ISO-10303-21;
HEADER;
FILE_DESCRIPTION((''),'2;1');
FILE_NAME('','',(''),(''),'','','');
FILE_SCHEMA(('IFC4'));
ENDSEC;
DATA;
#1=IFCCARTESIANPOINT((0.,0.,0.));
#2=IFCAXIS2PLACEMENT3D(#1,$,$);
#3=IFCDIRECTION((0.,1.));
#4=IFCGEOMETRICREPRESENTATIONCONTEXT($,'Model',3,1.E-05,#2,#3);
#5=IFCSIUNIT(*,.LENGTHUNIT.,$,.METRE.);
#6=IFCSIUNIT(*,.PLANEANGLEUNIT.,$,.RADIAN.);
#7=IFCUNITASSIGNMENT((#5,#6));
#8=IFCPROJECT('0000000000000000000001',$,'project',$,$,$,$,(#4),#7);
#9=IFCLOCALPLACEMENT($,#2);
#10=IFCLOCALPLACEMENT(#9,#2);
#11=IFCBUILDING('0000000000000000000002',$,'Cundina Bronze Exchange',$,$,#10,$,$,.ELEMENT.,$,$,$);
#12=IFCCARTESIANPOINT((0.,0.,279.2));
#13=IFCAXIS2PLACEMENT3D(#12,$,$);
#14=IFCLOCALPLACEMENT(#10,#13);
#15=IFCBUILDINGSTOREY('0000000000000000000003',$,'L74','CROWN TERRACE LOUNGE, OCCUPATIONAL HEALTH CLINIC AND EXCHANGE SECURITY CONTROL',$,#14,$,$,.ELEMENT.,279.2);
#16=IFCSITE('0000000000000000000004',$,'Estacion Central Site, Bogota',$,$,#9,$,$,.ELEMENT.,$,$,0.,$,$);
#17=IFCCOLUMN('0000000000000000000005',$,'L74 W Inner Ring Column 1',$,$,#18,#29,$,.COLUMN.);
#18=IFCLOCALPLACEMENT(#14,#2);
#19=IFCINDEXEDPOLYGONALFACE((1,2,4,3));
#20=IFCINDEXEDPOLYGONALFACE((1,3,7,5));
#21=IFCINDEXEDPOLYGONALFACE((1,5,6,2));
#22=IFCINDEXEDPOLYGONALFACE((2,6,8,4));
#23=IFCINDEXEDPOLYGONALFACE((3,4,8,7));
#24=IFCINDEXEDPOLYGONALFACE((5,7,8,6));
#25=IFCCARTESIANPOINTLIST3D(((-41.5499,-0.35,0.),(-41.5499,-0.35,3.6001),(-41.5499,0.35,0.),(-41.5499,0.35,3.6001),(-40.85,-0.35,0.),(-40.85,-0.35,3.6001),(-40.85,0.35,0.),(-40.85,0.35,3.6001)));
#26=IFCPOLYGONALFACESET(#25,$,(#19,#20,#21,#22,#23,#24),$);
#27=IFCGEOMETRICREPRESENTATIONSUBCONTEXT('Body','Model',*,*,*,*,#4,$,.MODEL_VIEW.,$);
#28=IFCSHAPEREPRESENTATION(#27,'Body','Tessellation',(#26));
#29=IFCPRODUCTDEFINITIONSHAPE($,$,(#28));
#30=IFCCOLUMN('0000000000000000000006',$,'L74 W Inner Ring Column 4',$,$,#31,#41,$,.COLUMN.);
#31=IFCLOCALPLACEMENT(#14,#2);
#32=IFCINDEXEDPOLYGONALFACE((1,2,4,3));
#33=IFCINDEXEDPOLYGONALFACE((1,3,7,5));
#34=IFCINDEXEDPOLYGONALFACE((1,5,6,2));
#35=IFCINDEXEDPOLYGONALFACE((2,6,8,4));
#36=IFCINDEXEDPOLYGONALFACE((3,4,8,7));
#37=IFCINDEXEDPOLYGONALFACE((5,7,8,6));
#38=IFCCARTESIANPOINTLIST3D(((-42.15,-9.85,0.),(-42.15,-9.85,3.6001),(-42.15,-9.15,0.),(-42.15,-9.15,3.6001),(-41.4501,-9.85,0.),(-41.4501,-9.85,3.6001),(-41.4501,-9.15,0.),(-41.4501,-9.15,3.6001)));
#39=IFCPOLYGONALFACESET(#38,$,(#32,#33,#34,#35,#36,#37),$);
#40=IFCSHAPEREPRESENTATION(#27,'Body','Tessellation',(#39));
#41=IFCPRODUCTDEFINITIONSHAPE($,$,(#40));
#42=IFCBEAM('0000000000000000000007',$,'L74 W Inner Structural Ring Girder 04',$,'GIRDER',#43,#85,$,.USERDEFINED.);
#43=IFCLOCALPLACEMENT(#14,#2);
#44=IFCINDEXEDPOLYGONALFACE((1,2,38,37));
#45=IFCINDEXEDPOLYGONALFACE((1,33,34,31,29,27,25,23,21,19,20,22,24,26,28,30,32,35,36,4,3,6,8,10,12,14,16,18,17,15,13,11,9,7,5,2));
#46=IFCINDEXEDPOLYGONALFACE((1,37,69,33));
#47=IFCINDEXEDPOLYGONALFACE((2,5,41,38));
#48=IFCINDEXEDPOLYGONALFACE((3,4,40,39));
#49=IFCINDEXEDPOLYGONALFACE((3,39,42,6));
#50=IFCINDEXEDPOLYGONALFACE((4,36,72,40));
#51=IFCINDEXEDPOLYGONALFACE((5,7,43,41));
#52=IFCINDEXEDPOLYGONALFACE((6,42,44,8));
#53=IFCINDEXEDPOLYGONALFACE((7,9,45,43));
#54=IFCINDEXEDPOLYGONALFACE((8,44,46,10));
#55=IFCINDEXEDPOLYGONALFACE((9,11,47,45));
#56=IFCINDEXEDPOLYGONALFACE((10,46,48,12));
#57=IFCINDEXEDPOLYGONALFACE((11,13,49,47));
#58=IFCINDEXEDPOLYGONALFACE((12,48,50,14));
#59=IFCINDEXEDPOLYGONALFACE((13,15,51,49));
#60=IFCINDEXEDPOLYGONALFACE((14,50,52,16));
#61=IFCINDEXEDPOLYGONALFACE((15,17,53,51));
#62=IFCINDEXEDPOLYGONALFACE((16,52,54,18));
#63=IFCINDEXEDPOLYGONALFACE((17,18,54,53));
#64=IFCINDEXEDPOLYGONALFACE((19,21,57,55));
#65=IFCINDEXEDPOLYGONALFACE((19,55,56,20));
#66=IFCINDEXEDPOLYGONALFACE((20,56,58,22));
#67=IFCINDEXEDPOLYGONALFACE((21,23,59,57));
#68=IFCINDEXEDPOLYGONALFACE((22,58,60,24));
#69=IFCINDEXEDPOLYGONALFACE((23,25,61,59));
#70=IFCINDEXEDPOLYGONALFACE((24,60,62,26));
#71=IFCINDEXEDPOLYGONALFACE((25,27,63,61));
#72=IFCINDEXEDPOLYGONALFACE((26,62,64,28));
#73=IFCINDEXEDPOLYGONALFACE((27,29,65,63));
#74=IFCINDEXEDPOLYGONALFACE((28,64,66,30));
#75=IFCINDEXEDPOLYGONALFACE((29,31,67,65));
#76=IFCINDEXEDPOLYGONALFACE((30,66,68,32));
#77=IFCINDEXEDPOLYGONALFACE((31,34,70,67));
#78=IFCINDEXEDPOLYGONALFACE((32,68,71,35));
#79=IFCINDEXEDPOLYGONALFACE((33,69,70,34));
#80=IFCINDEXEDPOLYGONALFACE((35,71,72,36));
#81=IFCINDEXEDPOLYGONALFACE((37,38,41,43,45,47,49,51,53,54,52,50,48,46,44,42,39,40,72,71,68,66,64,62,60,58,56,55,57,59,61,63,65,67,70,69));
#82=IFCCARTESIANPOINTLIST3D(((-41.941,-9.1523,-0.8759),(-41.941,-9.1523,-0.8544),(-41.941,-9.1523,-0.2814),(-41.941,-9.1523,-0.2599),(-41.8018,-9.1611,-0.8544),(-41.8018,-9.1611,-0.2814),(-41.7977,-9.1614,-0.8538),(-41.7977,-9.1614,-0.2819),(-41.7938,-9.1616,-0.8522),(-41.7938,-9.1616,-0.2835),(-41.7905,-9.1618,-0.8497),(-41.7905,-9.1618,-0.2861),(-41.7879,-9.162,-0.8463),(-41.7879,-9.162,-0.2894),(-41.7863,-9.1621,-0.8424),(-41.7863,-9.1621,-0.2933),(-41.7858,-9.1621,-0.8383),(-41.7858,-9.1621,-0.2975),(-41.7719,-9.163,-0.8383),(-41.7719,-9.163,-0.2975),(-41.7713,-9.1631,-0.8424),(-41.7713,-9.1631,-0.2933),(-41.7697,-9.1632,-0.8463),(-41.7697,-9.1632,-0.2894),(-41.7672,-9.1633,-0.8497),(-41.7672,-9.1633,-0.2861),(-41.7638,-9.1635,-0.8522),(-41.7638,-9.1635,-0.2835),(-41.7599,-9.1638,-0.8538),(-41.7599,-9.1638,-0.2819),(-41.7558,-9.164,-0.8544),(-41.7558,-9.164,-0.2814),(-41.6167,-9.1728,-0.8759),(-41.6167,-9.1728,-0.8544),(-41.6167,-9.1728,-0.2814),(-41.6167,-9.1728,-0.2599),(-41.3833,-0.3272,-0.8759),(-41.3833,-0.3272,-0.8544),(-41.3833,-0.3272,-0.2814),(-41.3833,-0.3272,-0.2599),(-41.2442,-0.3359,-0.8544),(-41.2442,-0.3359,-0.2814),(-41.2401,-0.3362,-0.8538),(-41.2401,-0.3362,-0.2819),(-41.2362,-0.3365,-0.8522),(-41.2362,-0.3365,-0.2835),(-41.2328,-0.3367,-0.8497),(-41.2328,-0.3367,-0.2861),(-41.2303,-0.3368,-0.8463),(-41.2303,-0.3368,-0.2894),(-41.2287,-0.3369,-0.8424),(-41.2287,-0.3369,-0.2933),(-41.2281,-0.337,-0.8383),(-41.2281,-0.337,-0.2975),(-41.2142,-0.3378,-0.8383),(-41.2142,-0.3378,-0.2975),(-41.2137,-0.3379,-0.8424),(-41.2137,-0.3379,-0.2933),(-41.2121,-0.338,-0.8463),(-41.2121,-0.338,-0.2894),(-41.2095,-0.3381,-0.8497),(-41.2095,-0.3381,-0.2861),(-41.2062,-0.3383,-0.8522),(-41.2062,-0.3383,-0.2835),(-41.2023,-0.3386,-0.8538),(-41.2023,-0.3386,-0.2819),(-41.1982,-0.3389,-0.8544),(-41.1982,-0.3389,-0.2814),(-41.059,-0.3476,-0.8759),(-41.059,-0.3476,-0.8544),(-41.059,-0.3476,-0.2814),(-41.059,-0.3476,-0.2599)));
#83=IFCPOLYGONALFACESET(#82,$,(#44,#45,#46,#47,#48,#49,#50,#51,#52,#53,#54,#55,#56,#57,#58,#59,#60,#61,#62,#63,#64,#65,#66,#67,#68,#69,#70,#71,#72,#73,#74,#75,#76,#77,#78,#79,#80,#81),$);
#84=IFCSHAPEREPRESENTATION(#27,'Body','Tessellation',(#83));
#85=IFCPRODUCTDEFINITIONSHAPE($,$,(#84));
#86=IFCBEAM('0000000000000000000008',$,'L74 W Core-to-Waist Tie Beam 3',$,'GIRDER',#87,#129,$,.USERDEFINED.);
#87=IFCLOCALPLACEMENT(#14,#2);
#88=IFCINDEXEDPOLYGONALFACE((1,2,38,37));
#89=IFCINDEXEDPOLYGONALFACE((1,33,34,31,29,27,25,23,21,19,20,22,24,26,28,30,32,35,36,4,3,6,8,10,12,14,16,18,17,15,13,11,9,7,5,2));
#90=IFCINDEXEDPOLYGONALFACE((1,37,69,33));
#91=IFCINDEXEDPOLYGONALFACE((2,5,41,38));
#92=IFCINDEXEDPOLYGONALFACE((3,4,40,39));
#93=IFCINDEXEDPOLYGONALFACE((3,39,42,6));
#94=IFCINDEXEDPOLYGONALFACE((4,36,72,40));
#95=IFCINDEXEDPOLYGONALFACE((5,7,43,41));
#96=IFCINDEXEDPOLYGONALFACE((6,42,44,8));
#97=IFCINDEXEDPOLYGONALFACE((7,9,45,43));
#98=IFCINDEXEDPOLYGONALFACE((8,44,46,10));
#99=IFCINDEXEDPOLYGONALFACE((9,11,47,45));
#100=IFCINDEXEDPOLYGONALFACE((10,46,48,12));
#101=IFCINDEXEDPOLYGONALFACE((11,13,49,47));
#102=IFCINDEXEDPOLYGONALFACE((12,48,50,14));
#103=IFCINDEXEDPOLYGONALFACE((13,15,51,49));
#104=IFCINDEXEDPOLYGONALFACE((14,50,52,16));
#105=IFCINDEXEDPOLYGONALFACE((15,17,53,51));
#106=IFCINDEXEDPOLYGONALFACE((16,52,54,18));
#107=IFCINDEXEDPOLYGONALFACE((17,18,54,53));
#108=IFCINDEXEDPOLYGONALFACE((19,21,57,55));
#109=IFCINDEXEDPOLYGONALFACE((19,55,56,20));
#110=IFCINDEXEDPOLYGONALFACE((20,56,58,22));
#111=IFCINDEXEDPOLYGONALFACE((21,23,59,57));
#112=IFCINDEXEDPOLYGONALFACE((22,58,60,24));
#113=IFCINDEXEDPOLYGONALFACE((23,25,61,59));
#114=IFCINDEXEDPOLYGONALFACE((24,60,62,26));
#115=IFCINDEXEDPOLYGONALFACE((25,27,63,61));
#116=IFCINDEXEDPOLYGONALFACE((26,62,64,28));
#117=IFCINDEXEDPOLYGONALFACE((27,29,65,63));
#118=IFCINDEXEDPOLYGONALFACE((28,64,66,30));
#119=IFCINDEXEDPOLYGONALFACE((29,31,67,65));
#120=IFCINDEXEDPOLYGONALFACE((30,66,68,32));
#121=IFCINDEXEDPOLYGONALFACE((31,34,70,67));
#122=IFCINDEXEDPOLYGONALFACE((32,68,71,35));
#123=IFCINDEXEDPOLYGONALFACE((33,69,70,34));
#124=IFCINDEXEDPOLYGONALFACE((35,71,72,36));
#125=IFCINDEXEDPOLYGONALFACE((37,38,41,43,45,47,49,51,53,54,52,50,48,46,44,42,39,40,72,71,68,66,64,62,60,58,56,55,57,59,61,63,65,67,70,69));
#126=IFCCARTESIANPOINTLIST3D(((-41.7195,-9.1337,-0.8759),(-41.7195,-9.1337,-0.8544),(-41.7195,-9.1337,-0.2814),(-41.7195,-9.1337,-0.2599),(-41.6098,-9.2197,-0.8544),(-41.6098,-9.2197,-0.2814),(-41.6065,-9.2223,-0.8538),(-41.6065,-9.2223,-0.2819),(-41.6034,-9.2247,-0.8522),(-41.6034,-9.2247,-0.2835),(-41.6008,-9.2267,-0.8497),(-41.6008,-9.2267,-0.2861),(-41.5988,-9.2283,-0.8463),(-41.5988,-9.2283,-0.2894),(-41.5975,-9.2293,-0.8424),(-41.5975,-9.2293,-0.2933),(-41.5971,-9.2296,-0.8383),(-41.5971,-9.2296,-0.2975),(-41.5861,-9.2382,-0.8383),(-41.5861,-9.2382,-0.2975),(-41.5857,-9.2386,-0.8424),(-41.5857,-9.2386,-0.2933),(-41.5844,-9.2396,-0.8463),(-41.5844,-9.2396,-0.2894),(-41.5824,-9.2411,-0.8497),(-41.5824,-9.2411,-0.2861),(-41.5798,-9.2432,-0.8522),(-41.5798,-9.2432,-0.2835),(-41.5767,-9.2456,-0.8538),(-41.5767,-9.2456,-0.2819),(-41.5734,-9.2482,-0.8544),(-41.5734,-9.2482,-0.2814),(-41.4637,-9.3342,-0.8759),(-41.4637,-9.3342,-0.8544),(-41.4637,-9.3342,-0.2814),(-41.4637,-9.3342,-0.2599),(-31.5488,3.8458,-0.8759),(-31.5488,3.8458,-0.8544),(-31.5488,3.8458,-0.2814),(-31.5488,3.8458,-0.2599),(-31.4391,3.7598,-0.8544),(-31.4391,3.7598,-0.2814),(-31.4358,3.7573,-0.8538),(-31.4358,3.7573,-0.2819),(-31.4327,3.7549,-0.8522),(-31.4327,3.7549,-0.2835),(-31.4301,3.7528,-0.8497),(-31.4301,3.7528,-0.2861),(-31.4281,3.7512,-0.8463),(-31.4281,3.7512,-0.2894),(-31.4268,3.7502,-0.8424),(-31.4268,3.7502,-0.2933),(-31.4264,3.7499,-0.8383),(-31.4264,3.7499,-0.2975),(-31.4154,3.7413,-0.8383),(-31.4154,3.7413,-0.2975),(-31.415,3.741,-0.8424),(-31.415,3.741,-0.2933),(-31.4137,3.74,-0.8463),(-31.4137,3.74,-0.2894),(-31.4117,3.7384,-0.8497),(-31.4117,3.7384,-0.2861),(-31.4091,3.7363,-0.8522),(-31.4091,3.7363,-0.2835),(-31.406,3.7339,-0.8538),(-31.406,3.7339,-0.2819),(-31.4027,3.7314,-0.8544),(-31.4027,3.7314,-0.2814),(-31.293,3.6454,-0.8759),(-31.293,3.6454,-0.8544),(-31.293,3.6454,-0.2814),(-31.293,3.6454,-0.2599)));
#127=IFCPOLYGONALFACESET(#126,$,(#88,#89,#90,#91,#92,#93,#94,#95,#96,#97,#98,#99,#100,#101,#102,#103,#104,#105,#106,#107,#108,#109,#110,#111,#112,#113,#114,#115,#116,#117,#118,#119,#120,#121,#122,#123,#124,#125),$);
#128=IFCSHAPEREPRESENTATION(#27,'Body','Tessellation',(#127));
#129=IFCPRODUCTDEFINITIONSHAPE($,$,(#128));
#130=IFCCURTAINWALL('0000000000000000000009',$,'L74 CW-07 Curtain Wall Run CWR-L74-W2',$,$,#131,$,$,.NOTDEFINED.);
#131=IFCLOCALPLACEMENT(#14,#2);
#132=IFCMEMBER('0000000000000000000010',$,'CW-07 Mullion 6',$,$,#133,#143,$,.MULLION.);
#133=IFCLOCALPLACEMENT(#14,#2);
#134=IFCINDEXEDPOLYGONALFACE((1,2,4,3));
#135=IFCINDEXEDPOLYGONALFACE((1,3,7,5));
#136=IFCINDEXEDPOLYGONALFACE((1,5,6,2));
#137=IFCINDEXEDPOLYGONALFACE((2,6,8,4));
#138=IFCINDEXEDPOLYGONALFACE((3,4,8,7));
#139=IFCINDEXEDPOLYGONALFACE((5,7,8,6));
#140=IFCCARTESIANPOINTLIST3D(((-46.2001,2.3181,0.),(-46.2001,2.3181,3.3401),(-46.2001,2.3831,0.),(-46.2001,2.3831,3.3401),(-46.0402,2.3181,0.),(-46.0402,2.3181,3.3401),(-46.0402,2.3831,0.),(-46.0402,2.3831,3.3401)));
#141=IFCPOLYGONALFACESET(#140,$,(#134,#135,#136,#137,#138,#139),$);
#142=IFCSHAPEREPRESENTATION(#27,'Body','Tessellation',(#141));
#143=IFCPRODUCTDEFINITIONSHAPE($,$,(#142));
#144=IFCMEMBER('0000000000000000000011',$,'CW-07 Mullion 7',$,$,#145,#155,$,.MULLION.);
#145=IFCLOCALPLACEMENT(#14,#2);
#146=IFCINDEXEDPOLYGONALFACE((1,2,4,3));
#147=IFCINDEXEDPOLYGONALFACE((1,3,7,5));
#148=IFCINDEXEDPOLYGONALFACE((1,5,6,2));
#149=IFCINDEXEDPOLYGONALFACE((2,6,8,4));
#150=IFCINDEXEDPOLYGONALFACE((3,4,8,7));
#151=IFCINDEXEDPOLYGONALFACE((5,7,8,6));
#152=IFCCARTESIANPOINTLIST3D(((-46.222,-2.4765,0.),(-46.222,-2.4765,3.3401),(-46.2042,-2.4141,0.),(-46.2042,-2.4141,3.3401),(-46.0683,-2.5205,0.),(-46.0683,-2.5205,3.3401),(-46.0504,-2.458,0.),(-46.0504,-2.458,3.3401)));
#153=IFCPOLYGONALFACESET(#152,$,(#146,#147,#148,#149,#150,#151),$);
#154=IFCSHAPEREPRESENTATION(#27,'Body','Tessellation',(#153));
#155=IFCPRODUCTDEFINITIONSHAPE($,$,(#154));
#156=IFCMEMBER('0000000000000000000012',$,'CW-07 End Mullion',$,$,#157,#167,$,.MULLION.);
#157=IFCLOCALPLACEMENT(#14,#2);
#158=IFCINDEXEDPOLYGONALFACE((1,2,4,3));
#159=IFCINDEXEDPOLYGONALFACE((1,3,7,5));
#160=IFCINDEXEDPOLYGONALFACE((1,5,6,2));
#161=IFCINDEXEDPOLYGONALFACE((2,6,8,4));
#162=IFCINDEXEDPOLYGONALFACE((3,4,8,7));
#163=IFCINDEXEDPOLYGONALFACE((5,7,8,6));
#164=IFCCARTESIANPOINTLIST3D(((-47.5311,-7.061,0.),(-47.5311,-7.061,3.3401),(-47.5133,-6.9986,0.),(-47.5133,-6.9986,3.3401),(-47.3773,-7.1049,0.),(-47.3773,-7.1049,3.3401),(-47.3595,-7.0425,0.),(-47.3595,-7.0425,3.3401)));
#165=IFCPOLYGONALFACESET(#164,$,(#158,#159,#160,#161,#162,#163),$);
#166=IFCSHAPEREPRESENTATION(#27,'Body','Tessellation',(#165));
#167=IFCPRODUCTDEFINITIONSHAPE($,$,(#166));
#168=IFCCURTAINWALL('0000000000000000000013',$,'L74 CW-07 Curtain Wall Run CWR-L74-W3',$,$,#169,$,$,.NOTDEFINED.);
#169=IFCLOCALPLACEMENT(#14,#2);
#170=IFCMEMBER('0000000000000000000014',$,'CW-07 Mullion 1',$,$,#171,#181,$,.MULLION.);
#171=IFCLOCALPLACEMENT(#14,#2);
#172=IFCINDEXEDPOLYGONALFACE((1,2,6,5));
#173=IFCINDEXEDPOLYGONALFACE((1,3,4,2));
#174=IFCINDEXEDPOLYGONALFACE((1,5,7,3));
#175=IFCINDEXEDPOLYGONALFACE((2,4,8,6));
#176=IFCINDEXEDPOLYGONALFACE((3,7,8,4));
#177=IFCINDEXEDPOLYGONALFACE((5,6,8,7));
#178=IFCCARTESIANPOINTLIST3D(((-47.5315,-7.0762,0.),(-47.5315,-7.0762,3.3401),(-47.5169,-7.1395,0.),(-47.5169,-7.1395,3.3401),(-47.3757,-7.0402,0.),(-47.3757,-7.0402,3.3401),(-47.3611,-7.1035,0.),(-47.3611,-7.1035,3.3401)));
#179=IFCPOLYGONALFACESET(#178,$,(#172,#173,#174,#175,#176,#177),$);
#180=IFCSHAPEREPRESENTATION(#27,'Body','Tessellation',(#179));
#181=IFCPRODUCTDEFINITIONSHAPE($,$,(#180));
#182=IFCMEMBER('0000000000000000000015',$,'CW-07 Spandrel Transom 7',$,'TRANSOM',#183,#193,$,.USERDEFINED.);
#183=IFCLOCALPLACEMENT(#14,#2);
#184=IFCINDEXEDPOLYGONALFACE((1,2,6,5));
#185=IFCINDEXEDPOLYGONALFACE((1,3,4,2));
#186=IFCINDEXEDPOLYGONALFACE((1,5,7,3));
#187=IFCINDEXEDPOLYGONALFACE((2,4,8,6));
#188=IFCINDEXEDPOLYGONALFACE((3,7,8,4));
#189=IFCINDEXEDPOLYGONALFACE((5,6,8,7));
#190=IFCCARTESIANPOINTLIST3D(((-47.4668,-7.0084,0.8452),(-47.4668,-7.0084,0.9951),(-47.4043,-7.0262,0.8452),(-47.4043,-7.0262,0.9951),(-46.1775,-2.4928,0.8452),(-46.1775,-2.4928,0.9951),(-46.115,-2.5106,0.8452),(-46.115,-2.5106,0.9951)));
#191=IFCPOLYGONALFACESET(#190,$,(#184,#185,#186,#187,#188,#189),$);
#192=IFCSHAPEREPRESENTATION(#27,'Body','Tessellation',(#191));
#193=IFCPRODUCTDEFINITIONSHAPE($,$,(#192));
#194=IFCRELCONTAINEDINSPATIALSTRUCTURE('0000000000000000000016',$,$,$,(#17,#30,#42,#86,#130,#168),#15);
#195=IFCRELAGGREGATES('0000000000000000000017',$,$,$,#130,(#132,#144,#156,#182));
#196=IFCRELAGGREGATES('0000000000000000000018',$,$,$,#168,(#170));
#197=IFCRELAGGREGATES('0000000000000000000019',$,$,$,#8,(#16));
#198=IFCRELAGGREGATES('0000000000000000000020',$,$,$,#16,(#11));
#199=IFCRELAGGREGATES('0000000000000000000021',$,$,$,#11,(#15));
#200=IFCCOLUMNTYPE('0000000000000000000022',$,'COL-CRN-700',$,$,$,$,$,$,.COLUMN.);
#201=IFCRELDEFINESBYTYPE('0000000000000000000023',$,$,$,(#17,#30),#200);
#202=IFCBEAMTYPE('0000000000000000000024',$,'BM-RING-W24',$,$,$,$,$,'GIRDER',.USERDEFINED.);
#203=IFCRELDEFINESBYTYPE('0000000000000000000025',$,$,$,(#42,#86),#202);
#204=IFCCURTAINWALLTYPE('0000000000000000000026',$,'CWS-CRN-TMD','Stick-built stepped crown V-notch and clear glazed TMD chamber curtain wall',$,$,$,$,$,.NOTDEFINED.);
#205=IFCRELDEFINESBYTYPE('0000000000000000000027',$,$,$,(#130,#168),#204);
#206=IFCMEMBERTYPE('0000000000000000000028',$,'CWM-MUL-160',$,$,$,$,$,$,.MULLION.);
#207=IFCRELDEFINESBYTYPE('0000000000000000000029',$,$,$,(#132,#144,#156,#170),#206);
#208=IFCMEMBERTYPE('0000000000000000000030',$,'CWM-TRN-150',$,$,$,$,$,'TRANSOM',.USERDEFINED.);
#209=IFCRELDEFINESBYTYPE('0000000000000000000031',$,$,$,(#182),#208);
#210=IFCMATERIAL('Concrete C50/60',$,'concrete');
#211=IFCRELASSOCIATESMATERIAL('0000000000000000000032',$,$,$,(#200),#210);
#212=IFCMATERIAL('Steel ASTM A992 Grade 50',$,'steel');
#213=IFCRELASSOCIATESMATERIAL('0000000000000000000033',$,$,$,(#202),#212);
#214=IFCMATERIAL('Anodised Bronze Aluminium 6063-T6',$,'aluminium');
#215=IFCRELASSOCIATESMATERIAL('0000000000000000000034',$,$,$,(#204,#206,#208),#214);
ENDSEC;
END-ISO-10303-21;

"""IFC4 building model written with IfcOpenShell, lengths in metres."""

from ifc_helpers import new_model, si_unit, direction, frame, origin, origin_2d, place, context, subcontext, project, spatial, rectangle, i_section, extrude, material, material_profile, profile_set, type_object, element, aggregate, save


model = new_model("IFC4")

# Units and contexts
model_context = context("Model", 3, precision=1e-05, world=origin(), true_north=direction((0.0, 1.0)))
body_context = subcontext(model_context, "Body", "Model", "MODEL_VIEW")
ifc_project = project(units=[si_unit("LENGTHUNIT", "METRE"), si_unit("PLANEANGLEUNIT", "RADIAN")], contexts=[model_context])

# Site, building, storey
site_placement = place(None, origin())
site = spatial("IfcSite", under=ifc_project, at=site_placement, Name="Estacion Central Site, Bogota", CompositionType="ELEMENT", RefElevation=0.0)
building_placement = place(site_placement, origin())
building = spatial("IfcBuilding", under=site, at=building_placement, Name="Cundina Bronze Exchange", CompositionType="ELEMENT")
storey_placement = place(building_placement, frame((0.0, 0.0, 279.2)))
storey = spatial("IfcBuildingStorey", under=building, at=storey_placement, Name="L74", Description="CROWN TERRACE LOUNGE, OCCUPATIONAL HEALTH CLINIC AND EXCHANGE SECURITY CONTROL", CompositionType="ELEMENT", Elevation=279.2)

# Columns
ifc_material_1 = material(Name="Concrete C50/60", Category="concrete")
ifc_material_profile_1 = material_profile(ifc_material_1, rectangle(XDim=0.7, YDim=0.7, at=origin_2d()), Name="RC700X700", Category="concrete")
ifc_profile_set_1 = profile_set([ifc_material_profile_1], Name="Concrete C50/60")
column_type = type_object("IfcColumnType", Name="COL-CRN-700", PredefinedType="COLUMN", material=ifc_profile_set_1)
for number, where, z_axis, x_axis, name in (
    (1, (-41.2, 0.0, 0.0), (0.0, 0.0, 1.0), (1.0, 0.0, 0.0), "L74 W Inner Ring Column 1"),
    (2, (-41.8, -9.5, 0.0), (0.0, 0.0, 1.0), (1.0, 0.0, 0.0), "L74 W Inner Ring Column 4"),
):
    element("IfcColumn", number, at=place(storey_placement, frame(where, z_axis=z_axis, x_axis=x_axis)), inside=storey, type_object=column_type, Name=name, PredefinedType="COLUMN", context=body_context, shape_type="SweptSolid", body=[
        extrude(rectangle(XDim=0.7, YDim=0.7, at=origin_2d()), origin(), (0.0, 0.0, 1.0), 3.6001),
    ])

# Beams
ifc_material_2 = material(Name="Steel ASTM A992 Grade 50", Category="steel")
ifc_material_profile_2 = material_profile(ifc_material_2, i_section(OverallWidth=0.325, OverallDepth=0.616, WebThickness=0.0139, FlangeThickness=0.0215, FilletRadius=0.0161, at=origin_2d()), Name="W24X117", Category="steel")
ifc_profile_set_2 = profile_set([ifc_material_profile_2], Name="Steel ASTM A992 Grade 50")
beam_type = type_object("IfcBeamType", Name="BM-RING-W24", ElementType="GIRDER", PredefinedType="USERDEFINED", material=ifc_profile_set_2)
beam_1_placement = place(storey_placement, frame((-41.2212, -0.3374, -0.5679), z_axis=(-0.063059, -0.99801, 0.0), x_axis=(0.99801, -0.063059, 0.0)))
element("IfcBeam", 3, at=beam_1_placement, inside=storey, type_object=beam_type, Name="L74 W Inner Structural Ring Girder 04", ObjectType="GIRDER", PredefinedType="USERDEFINED", context=body_context, shape_type="SweptSolid", body=[
    extrude(i_section(OverallWidth=0.325, OverallDepth=0.616, WebThickness=0.0139, FlangeThickness=0.0215, FilletRadius=0.0161, at=origin_2d()), origin(), (0.0, 0.0, 1.0), 8.8428),
])
beam_2_placement = place(storey_placement, frame((-31.4209, 3.7456, -0.5679), z_axis=(-0.616789, -0.787128, 0.0), x_axis=(0.787128, -0.616789, 0.0)))
element("IfcBeam", 4, at=beam_2_placement, inside=storey, type_object=beam_type, Name="L74 W Core-to-Waist Tie Beam 3", ObjectType="GIRDER", PredefinedType="USERDEFINED", context=body_context, shape_type="SweptSolid", body=[
    extrude(i_section(OverallWidth=0.325, OverallDepth=0.616, WebThickness=0.0139, FlangeThickness=0.0215, FilletRadius=0.0161, at=origin_2d()), origin(), (0.0, 0.0, 1.0), 16.4897),
])

# Curtain wall, members
ifc_material_3 = material(Name="Anodised Bronze Aluminium 6063-T6", Category="aluminium")
curtain_wall_type = type_object("IfcCurtainWallType", Name="CWS-CRN-TMD", Description="Stick-built stepped crown V-notch and clear glazed TMD chamber curtain wall", PredefinedType="NOTDEFINED", material=ifc_material_3)
curtain_wall_1_placement = place(storey_placement, origin())
curtain_wall_1 = element("IfcCurtainWall", 5, at=curtain_wall_1_placement, inside=storey, type_object=curtain_wall_type, Name="L74 CW-07 Curtain Wall Run CWR-L74-W2", PredefinedType="NOTDEFINED")
ifc_material_profile_3 = material_profile(ifc_material_3, rectangle(XDim=0.0649, YDim=0.1599, at=origin_2d()), Name="AL65X160", Category="aluminium")
ifc_profile_set_3 = profile_set([ifc_material_profile_3], Name="Anodised Bronze Aluminium 6063-T6")
member_type_1 = type_object("IfcMemberType", Name="CWM-MUL-160", PredefinedType="MULLION", material=ifc_profile_set_3)
member_1_placement = place(storey_placement, frame((-46.1201, 2.3506, 0.0), z_axis=(0.0, 0.0, 1.0), x_axis=(0.0, -1.0, 0.0)))
member_1 = element("IfcMember", 6, at=member_1_placement, type_object=member_type_1, Name="CW-07 Mullion 6", PredefinedType="MULLION", context=body_context, shape_type="SweptSolid", body=[
    extrude(rectangle(XDim=0.0649, YDim=0.1599, at=origin_2d()), origin(), (0.0, 0.0, 1.0), 3.3401),
])
member_2_placement = place(storey_placement, frame((-46.1362, -2.4673, 0.0), z_axis=(0.0, 0.0, 1.0), x_axis=(-0.274631, -0.96155, 0.0)))
member_2 = element("IfcMember", 7, at=member_2_placement, type_object=member_type_1, Name="CW-07 Mullion 7", PredefinedType="MULLION", context=body_context, shape_type="SweptSolid", body=[
    extrude(rectangle(XDim=0.0649, YDim=0.1599, at=origin_2d()), origin(), (0.0, 0.0, 1.0), 3.3401),
])
member_3_placement = place(storey_placement, frame((-47.4453, -7.0518, 0.0), z_axis=(0.0, 0.0, 1.0), x_axis=(-0.274631, -0.96155, 0.0)))
member_3 = element("IfcMember", 8, at=member_3_placement, type_object=member_type_1, Name="CW-07 End Mullion", PredefinedType="MULLION", context=body_context, shape_type="SweptSolid", body=[
    extrude(rectangle(XDim=0.0649, YDim=0.1599, at=origin_2d()), origin(), (0.0, 0.0, 1.0), 3.3401),
])

# Curtain wall, member
curtain_wall_2_placement = place(storey_placement, origin())
curtain_wall_2 = element("IfcCurtainWall", 9, at=curtain_wall_2_placement, inside=storey, type_object=curtain_wall_type, Name="L74 CW-07 Curtain Wall Run CWR-L74-W3", PredefinedType="NOTDEFINED")
member_4_placement = place(storey_placement, frame((-47.4463, -7.0898, 0.0), z_axis=(0.0, 0.0, 1.0), x_axis=(0.225291, -0.974291, 0.0)))
member_4 = element("IfcMember", 10, at=member_4_placement, type_object=member_type_1, Name="CW-07 Mullion 1", PredefinedType="MULLION", context=body_context, shape_type="SweptSolid", body=[
    extrude(rectangle(XDim=0.0649, YDim=0.1599, at=origin_2d()), origin(), (0.0, 0.0, 1.0), 3.3401),
])

# Member
ifc_material_profile_4 = material_profile(ifc_material_3, rectangle(XDim=0.0649, YDim=0.1499, at=origin_2d()), Name="AL65X150", Category="aluminium")
ifc_profile_set_4 = profile_set([ifc_material_profile_4], Name="Anodised Bronze Aluminium 6063-T6")
member_type_2 = type_object("IfcMemberType", Name="CWM-TRN-150", ElementType="TRANSOM", PredefinedType="USERDEFINED", material=ifc_profile_set_4)
member_5_placement = place(storey_placement, frame((-46.1462, -2.5017, 0.9202), z_axis=(-0.274549, -0.961573, 0.0), x_axis=(0.961573, -0.274549, 0.0)))
member_5 = element("IfcMember", 11, at=member_5_placement, type_object=member_type_2, Name="CW-07 Spandrel Transom 7", ObjectType="TRANSOM", PredefinedType="USERDEFINED", context=body_context, shape_type="SweptSolid", body=[
    extrude(rectangle(XDim=0.0649, YDim=0.1499, at=origin_2d()), origin(), (0.0, 0.0, 1.0), 4.696),
])

aggregate(curtain_wall_1, [member_1, member_2, member_3, member_5])
aggregate(curtain_wall_2, [member_4])

save(model, "model.ifc")
